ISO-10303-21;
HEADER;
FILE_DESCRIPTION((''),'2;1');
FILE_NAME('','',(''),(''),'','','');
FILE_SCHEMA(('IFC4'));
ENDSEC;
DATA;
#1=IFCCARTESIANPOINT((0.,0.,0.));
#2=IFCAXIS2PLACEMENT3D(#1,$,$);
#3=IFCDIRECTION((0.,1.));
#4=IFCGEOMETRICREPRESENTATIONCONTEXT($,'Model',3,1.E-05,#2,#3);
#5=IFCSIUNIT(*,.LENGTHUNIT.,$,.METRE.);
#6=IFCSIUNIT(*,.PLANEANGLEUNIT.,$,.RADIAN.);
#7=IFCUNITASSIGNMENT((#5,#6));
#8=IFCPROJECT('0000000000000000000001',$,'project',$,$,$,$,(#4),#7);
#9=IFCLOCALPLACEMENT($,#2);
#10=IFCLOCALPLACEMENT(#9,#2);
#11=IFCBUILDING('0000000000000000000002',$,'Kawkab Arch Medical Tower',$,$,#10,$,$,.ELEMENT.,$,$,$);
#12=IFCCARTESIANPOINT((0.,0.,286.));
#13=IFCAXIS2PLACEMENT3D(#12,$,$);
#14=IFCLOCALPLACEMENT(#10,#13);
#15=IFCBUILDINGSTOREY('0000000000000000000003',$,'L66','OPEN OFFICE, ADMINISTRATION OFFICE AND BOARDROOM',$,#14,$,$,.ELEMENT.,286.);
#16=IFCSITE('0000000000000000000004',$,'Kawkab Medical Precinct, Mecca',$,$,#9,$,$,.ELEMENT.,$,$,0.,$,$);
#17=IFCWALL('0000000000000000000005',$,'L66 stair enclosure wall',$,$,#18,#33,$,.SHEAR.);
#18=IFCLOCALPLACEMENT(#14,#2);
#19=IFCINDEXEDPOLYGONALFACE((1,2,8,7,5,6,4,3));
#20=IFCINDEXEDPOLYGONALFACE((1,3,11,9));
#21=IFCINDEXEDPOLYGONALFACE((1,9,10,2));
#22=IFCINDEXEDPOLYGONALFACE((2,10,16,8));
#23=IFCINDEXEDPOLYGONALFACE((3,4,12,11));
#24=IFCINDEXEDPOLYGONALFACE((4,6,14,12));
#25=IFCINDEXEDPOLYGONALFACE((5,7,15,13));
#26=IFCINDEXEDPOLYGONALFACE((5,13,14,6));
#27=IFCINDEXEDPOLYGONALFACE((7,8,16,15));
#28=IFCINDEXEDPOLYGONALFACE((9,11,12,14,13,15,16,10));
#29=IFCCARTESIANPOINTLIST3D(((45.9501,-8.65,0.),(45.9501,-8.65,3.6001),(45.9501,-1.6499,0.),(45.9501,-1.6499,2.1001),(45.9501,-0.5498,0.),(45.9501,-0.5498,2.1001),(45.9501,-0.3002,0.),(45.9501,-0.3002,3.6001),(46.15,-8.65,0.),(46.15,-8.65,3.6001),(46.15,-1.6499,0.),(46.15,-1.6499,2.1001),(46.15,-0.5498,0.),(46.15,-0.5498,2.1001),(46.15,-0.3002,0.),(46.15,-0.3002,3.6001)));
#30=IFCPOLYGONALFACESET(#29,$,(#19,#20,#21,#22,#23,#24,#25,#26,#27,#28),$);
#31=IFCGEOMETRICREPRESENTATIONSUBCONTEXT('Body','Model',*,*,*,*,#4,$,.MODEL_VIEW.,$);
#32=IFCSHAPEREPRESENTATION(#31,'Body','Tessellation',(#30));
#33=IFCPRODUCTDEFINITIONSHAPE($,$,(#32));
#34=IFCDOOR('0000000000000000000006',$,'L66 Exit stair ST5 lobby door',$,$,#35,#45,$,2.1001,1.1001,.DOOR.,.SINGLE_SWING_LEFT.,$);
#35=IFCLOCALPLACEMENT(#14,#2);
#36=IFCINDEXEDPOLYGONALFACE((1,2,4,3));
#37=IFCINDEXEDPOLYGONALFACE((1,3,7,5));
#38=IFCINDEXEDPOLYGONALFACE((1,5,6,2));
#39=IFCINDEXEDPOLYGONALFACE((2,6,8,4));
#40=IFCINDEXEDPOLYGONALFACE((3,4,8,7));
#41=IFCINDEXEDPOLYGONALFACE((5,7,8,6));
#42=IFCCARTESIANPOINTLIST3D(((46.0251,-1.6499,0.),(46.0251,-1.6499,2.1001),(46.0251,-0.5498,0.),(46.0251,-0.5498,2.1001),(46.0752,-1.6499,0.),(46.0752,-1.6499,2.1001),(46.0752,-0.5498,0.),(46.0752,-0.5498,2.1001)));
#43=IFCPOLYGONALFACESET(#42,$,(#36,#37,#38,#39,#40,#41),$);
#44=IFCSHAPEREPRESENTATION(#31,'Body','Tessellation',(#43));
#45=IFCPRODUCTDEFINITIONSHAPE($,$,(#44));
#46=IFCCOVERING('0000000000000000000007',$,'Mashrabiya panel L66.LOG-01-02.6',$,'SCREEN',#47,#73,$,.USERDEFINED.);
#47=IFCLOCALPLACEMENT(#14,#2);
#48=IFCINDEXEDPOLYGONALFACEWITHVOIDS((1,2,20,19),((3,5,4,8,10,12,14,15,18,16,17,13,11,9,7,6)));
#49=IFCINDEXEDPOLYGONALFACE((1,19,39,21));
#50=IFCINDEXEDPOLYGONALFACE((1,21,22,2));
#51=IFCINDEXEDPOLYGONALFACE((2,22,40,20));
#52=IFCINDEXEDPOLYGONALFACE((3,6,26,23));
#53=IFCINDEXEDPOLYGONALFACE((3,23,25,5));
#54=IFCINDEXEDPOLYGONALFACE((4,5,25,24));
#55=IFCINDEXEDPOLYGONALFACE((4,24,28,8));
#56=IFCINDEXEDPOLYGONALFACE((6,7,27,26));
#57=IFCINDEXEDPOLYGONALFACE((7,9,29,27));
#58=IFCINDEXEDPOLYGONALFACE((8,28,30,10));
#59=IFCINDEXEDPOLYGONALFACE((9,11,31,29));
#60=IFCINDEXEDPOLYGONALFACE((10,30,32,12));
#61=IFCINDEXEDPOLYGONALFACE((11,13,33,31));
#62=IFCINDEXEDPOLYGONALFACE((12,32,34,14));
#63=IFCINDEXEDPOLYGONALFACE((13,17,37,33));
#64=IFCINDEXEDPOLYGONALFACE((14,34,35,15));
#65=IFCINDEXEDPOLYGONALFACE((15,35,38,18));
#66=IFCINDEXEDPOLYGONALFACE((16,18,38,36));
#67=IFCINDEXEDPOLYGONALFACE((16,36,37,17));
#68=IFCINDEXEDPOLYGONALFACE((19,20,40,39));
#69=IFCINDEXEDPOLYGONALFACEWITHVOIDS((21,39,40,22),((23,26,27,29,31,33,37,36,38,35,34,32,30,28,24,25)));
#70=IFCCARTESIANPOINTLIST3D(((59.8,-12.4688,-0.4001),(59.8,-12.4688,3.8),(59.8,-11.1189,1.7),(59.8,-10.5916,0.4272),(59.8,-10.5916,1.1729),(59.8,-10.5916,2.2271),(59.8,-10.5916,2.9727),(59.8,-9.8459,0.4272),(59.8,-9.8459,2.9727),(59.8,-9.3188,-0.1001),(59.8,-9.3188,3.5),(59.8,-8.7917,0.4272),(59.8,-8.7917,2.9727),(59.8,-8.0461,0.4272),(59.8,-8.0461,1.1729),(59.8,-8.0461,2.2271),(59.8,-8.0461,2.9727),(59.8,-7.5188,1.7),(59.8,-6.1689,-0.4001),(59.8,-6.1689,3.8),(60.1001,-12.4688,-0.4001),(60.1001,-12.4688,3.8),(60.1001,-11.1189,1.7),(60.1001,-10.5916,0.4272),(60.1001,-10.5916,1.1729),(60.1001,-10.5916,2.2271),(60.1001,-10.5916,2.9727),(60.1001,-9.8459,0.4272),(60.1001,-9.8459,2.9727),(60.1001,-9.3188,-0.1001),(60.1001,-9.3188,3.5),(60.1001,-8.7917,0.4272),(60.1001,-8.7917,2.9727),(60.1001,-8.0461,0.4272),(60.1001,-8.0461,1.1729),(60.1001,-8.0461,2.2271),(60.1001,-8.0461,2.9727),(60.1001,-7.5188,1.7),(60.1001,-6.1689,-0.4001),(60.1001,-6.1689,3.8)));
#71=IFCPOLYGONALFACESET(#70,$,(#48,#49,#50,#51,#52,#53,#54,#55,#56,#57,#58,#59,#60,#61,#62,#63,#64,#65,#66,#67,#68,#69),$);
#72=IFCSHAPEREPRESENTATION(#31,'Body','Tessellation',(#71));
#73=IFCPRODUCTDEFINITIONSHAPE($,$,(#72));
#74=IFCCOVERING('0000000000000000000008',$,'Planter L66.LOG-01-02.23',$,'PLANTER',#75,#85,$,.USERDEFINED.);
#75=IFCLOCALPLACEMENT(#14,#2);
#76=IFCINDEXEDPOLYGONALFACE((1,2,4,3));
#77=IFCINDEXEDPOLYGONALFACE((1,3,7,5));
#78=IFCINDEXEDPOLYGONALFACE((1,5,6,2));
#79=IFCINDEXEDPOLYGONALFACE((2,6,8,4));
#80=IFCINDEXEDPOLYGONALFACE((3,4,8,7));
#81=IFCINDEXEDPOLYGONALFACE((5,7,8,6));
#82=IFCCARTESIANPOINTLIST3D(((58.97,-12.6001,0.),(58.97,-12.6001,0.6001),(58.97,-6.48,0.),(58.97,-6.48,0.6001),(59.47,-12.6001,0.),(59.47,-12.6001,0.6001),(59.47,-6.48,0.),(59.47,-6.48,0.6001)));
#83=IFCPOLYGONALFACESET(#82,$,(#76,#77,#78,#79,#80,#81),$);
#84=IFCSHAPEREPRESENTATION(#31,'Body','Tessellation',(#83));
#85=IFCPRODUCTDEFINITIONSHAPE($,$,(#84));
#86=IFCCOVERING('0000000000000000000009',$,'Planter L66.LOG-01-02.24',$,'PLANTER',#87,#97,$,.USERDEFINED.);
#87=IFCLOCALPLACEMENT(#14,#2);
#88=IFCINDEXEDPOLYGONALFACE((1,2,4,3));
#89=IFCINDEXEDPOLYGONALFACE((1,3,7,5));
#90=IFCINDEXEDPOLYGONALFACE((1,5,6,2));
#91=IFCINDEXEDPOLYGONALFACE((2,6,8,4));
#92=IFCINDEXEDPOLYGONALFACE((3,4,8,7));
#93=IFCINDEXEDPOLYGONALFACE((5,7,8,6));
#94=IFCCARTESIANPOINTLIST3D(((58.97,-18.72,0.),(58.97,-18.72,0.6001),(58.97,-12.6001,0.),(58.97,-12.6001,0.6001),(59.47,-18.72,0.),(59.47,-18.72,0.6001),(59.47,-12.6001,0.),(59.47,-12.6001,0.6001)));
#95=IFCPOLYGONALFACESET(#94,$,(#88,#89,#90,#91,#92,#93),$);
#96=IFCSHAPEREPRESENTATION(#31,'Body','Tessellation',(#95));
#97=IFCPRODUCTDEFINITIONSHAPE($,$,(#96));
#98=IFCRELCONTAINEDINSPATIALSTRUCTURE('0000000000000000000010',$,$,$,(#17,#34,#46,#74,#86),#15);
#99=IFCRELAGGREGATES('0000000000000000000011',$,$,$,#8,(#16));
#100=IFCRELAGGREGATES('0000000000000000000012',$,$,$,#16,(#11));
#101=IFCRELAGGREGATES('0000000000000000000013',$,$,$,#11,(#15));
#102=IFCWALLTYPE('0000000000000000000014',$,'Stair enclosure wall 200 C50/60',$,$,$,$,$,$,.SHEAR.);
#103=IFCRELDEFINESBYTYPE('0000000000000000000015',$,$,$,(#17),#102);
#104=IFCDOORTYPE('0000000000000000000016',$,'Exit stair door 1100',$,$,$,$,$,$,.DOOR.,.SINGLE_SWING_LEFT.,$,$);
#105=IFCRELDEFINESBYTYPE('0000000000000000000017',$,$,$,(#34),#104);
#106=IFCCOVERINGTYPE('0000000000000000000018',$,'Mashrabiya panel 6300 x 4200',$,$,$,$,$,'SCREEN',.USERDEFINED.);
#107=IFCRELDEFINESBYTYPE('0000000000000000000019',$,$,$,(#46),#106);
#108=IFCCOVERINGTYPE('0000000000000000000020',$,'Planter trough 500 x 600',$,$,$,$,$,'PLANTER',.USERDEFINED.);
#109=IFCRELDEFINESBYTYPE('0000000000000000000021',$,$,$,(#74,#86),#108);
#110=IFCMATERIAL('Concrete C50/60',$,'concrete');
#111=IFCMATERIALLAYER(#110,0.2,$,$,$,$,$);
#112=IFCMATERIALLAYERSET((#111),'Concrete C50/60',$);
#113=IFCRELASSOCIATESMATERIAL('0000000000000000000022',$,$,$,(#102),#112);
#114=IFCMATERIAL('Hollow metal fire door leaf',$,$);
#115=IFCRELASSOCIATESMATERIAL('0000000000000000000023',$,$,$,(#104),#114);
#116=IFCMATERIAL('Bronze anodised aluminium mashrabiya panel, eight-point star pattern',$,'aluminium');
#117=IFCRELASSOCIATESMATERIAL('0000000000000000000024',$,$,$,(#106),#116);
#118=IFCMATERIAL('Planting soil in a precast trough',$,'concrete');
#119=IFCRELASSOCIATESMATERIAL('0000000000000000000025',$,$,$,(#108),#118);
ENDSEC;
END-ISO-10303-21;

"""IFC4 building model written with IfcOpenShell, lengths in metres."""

from ifc_helpers import new_model, si_unit, direction, frame, frame_2d, origin, origin_2d, place, context, subcontext, project, spatial, polyline, rectangle, outline, extrude, material, layer, layer_set, material_profile, profile_set, type_object, element, fill, save


model = new_model("IFC4")

# Units and contexts
model_context = context("Model", 3, precision=1e-05, world=origin(), true_north=direction((0.0, 1.0)))
body_context = subcontext(model_context, "Body", "Model", "MODEL_VIEW")
ifc_project = project(units=[si_unit("LENGTHUNIT", "METRE"), si_unit("PLANEANGLEUNIT", "RADIAN")], contexts=[model_context])

# Site, building, storey
site_placement = place(None, origin())
site = spatial("IfcSite", under=ifc_project, at=site_placement, Name="Kawkab Medical Precinct, Mecca", CompositionType="ELEMENT", RefElevation=0.0)
building_placement = place(site_placement, origin())
building = spatial("IfcBuilding", under=site, at=building_placement, Name="Kawkab Arch Medical Tower", CompositionType="ELEMENT")
storey_placement = place(building_placement, frame((0.0, 0.0, 286.0)))
storey = spatial("IfcBuildingStorey", under=building, at=storey_placement, Name="L66", Description="OPEN OFFICE, ADMINISTRATION OFFICE AND BOARDROOM", CompositionType="ELEMENT", Elevation=286.0)

# Wall, opening, door
ifc_material_1 = material(Name="Concrete C50/60", Category="concrete")
ifc_layer_1 = layer(ifc_material_1, 0.2)
ifc_layer_set_1 = layer_set([ifc_layer_1], Name="Concrete C50/60")
wall_type_1 = type_object("IfcWallType", Name="Stair enclosure wall 200 C50/60", PredefinedType="SHEAR", material=ifc_layer_set_1)
wall_1_placement = place(storey_placement, frame((46.05, -8.6499, 0.0), z_axis=(0.0, 0.0, 1.0), x_axis=(0.0, 1.0, 0.0)))
wall_1 = element("IfcWall", 1, at=wall_1_placement, inside=storey, type_object=wall_type_1, Name="L66 stair enclosure wall", PredefinedType="SHEAR", context=body_context, shape_type="SweptSolid", body=[
    extrude(rectangle(XDim=8.3499, YDim=0.2, at=frame_2d((4.1748, 0.0))), origin(), (0.0, 0.0, 1.0), 3.6001),
])
opening_1_placement = place(wall_1_placement, frame((7.0, 0.0, 0.0)))
opening_1 = element("IfcOpeningElement", 2, at=opening_1_placement, cuts=wall_1, PredefinedType="OPENING", context=body_context, shape_type="SweptSolid", body=[
    extrude(rectangle(XDim=1.1001, YDim=2.1001, at=frame_2d((0.55, 1.05))), frame((0.0, 0.1099, 0.0), z_axis=(0.0, -1.0, 0.0), x_axis=(1.0, 0.0, 0.0)), (0.0, 0.0, 1.0), 0.22),
])
ifc_material_2 = material(Name="Hollow metal fire door leaf")
door_type_1 = type_object("IfcDoorType", Name="Exit stair door 1100", OperationType="SINGLE_SWING_LEFT", PredefinedType="DOOR", material=ifc_material_2)
door_1_placement = place(opening_1_placement, origin())
door_1 = element("IfcDoor", 3, at=door_1_placement, inside=storey, type_object=door_type_1, Name="L66 Exit stair ST5 lobby door", OperationType="SINGLE_SWING_LEFT", OverallHeight=2.1001, OverallWidth=1.1001, PredefinedType="DOOR", context=body_context, shape_type="SweptSolid", body=[
    extrude(rectangle(XDim=1.1001, YDim=2.1001, at=frame_2d((0.55, 1.05))), frame((0.0, 0.0249, 0.0), z_axis=(0.0, -1.0, 0.0), x_axis=(1.0, 0.0, 0.0)), (0.0, 0.0, 1.0), 0.05),
])
fill(opening_1, door_1)

# Coverings
ifc_material_3 = material(Name="Bronze anodised aluminium mashrabiya panel, eight-point star pattern", Category="aluminium")
ifc_material_profile_1 = material_profile(ifc_material_3, outline(polyline([(-3.1499, -2.1001), (3.1499, -2.1001), (3.1499, 2.1001), (-3.1499, 2.1001), (-3.1499, -2.1001)]), holes=[polyline([(1.8, 0.0), (1.2727, 0.5271), (1.2727, 1.2727), (0.5271, 1.2727), (0.0, 1.8), (-0.5271, 1.2727), (-1.2727, 1.2727), (-1.2727, 0.5271), (-1.8, 0.0), (-1.2727, -0.5271), (-1.2727, -1.2727), (-0.5271, -1.2727), (0.0, -1.8), (0.5271, -1.2727), (1.2727, -1.2727), (1.2727, -0.5271), (1.8, 0.0)])]), Name="Mashrabiya panel 6300x4200")
ifc_profile_set_1 = profile_set([ifc_material_profile_1], Name="Bronze anodised aluminium mashrabiya panel, eight-point star pattern")
covering_type_1 = type_object("IfcCoveringType", Name="Mashrabiya panel 6300 x 4200", ElementType="SCREEN", PredefinedType="USERDEFINED", material=ifc_profile_set_1)
covering_1_placement = place(storey_placement, frame((59.8, -9.3188, 1.7), z_axis=(1.0, 0.0, 0.0), x_axis=(0.0, 1.0, 0.0)))
element("IfcCovering", 4, at=covering_1_placement, inside=storey, type_object=covering_type_1, Name="Mashrabiya panel L66.LOG-01-02.6", ObjectType="SCREEN", PredefinedType="USERDEFINED", context=body_context, shape_type="SweptSolid", body=[
    extrude(outline(polyline([(-3.1499, -2.1001), (3.1499, -2.1001), (3.1499, 2.1001), (-3.1499, 2.1001), (-3.1499, -2.1001)]), holes=[polyline([(1.8, 0.0), (1.2727, 0.5271), (1.2727, 1.2727), (0.5271, 1.2727), (0.0, 1.8), (-0.5271, 1.2727), (-1.2727, 1.2727), (-1.2727, 0.5271), (-1.8, 0.0), (-1.2727, -0.5271), (-1.2727, -1.2727), (-0.5271, -1.2727), (0.0, -1.8), (0.5271, -1.2727), (1.2727, -1.2727), (1.2727, -0.5271), (1.8, 0.0)])]), origin(), (0.0, 0.0, 1.0), 0.3),
])
ifc_material_4 = material(Name="Planting soil in a precast trough", Category="concrete")
ifc_material_profile_2 = material_profile(ifc_material_4, rectangle(XDim=0.5, YDim=0.6001, at=origin_2d()), Name="Trough 500x600")
ifc_profile_set_2 = profile_set([ifc_material_profile_2], Name="Planting soil in a precast trough")
covering_type_2 = type_object("IfcCoveringType", Name="Planter trough 500 x 600", ElementType="PLANTER", PredefinedType="USERDEFINED", material=ifc_profile_set_2)
covering_2_placement = place(storey_placement, frame((59.22, -6.48, 0.3), z_axis=(0.0, -1.0, 0.0), x_axis=(1.0, 0.0, 0.0)))
element("IfcCovering", 5, at=covering_2_placement, inside=storey, type_object=covering_type_2, Name="Planter L66.LOG-01-02.23", ObjectType="PLANTER", PredefinedType="USERDEFINED", context=body_context, shape_type="SweptSolid", body=[
    extrude(rectangle(XDim=0.5, YDim=0.6001, at=origin_2d()), origin(), (0.0, 0.0, 1.0), 6.1201),
])
covering_3_placement = place(storey_placement, frame((59.22, -12.6001, 0.3), z_axis=(0.0, -1.0, 0.0), x_axis=(1.0, 0.0, 0.0)))
element("IfcCovering", 6, at=covering_3_placement, inside=storey, type_object=covering_type_2, Name="Planter L66.LOG-01-02.24", ObjectType="PLANTER", PredefinedType="USERDEFINED", context=body_context, shape_type="SweptSolid", body=[
    extrude(rectangle(XDim=0.5, YDim=0.6001, at=origin_2d()), origin(), (0.0, 0.0, 1.0), 6.1199),
])

save(model, "model.ifc")
